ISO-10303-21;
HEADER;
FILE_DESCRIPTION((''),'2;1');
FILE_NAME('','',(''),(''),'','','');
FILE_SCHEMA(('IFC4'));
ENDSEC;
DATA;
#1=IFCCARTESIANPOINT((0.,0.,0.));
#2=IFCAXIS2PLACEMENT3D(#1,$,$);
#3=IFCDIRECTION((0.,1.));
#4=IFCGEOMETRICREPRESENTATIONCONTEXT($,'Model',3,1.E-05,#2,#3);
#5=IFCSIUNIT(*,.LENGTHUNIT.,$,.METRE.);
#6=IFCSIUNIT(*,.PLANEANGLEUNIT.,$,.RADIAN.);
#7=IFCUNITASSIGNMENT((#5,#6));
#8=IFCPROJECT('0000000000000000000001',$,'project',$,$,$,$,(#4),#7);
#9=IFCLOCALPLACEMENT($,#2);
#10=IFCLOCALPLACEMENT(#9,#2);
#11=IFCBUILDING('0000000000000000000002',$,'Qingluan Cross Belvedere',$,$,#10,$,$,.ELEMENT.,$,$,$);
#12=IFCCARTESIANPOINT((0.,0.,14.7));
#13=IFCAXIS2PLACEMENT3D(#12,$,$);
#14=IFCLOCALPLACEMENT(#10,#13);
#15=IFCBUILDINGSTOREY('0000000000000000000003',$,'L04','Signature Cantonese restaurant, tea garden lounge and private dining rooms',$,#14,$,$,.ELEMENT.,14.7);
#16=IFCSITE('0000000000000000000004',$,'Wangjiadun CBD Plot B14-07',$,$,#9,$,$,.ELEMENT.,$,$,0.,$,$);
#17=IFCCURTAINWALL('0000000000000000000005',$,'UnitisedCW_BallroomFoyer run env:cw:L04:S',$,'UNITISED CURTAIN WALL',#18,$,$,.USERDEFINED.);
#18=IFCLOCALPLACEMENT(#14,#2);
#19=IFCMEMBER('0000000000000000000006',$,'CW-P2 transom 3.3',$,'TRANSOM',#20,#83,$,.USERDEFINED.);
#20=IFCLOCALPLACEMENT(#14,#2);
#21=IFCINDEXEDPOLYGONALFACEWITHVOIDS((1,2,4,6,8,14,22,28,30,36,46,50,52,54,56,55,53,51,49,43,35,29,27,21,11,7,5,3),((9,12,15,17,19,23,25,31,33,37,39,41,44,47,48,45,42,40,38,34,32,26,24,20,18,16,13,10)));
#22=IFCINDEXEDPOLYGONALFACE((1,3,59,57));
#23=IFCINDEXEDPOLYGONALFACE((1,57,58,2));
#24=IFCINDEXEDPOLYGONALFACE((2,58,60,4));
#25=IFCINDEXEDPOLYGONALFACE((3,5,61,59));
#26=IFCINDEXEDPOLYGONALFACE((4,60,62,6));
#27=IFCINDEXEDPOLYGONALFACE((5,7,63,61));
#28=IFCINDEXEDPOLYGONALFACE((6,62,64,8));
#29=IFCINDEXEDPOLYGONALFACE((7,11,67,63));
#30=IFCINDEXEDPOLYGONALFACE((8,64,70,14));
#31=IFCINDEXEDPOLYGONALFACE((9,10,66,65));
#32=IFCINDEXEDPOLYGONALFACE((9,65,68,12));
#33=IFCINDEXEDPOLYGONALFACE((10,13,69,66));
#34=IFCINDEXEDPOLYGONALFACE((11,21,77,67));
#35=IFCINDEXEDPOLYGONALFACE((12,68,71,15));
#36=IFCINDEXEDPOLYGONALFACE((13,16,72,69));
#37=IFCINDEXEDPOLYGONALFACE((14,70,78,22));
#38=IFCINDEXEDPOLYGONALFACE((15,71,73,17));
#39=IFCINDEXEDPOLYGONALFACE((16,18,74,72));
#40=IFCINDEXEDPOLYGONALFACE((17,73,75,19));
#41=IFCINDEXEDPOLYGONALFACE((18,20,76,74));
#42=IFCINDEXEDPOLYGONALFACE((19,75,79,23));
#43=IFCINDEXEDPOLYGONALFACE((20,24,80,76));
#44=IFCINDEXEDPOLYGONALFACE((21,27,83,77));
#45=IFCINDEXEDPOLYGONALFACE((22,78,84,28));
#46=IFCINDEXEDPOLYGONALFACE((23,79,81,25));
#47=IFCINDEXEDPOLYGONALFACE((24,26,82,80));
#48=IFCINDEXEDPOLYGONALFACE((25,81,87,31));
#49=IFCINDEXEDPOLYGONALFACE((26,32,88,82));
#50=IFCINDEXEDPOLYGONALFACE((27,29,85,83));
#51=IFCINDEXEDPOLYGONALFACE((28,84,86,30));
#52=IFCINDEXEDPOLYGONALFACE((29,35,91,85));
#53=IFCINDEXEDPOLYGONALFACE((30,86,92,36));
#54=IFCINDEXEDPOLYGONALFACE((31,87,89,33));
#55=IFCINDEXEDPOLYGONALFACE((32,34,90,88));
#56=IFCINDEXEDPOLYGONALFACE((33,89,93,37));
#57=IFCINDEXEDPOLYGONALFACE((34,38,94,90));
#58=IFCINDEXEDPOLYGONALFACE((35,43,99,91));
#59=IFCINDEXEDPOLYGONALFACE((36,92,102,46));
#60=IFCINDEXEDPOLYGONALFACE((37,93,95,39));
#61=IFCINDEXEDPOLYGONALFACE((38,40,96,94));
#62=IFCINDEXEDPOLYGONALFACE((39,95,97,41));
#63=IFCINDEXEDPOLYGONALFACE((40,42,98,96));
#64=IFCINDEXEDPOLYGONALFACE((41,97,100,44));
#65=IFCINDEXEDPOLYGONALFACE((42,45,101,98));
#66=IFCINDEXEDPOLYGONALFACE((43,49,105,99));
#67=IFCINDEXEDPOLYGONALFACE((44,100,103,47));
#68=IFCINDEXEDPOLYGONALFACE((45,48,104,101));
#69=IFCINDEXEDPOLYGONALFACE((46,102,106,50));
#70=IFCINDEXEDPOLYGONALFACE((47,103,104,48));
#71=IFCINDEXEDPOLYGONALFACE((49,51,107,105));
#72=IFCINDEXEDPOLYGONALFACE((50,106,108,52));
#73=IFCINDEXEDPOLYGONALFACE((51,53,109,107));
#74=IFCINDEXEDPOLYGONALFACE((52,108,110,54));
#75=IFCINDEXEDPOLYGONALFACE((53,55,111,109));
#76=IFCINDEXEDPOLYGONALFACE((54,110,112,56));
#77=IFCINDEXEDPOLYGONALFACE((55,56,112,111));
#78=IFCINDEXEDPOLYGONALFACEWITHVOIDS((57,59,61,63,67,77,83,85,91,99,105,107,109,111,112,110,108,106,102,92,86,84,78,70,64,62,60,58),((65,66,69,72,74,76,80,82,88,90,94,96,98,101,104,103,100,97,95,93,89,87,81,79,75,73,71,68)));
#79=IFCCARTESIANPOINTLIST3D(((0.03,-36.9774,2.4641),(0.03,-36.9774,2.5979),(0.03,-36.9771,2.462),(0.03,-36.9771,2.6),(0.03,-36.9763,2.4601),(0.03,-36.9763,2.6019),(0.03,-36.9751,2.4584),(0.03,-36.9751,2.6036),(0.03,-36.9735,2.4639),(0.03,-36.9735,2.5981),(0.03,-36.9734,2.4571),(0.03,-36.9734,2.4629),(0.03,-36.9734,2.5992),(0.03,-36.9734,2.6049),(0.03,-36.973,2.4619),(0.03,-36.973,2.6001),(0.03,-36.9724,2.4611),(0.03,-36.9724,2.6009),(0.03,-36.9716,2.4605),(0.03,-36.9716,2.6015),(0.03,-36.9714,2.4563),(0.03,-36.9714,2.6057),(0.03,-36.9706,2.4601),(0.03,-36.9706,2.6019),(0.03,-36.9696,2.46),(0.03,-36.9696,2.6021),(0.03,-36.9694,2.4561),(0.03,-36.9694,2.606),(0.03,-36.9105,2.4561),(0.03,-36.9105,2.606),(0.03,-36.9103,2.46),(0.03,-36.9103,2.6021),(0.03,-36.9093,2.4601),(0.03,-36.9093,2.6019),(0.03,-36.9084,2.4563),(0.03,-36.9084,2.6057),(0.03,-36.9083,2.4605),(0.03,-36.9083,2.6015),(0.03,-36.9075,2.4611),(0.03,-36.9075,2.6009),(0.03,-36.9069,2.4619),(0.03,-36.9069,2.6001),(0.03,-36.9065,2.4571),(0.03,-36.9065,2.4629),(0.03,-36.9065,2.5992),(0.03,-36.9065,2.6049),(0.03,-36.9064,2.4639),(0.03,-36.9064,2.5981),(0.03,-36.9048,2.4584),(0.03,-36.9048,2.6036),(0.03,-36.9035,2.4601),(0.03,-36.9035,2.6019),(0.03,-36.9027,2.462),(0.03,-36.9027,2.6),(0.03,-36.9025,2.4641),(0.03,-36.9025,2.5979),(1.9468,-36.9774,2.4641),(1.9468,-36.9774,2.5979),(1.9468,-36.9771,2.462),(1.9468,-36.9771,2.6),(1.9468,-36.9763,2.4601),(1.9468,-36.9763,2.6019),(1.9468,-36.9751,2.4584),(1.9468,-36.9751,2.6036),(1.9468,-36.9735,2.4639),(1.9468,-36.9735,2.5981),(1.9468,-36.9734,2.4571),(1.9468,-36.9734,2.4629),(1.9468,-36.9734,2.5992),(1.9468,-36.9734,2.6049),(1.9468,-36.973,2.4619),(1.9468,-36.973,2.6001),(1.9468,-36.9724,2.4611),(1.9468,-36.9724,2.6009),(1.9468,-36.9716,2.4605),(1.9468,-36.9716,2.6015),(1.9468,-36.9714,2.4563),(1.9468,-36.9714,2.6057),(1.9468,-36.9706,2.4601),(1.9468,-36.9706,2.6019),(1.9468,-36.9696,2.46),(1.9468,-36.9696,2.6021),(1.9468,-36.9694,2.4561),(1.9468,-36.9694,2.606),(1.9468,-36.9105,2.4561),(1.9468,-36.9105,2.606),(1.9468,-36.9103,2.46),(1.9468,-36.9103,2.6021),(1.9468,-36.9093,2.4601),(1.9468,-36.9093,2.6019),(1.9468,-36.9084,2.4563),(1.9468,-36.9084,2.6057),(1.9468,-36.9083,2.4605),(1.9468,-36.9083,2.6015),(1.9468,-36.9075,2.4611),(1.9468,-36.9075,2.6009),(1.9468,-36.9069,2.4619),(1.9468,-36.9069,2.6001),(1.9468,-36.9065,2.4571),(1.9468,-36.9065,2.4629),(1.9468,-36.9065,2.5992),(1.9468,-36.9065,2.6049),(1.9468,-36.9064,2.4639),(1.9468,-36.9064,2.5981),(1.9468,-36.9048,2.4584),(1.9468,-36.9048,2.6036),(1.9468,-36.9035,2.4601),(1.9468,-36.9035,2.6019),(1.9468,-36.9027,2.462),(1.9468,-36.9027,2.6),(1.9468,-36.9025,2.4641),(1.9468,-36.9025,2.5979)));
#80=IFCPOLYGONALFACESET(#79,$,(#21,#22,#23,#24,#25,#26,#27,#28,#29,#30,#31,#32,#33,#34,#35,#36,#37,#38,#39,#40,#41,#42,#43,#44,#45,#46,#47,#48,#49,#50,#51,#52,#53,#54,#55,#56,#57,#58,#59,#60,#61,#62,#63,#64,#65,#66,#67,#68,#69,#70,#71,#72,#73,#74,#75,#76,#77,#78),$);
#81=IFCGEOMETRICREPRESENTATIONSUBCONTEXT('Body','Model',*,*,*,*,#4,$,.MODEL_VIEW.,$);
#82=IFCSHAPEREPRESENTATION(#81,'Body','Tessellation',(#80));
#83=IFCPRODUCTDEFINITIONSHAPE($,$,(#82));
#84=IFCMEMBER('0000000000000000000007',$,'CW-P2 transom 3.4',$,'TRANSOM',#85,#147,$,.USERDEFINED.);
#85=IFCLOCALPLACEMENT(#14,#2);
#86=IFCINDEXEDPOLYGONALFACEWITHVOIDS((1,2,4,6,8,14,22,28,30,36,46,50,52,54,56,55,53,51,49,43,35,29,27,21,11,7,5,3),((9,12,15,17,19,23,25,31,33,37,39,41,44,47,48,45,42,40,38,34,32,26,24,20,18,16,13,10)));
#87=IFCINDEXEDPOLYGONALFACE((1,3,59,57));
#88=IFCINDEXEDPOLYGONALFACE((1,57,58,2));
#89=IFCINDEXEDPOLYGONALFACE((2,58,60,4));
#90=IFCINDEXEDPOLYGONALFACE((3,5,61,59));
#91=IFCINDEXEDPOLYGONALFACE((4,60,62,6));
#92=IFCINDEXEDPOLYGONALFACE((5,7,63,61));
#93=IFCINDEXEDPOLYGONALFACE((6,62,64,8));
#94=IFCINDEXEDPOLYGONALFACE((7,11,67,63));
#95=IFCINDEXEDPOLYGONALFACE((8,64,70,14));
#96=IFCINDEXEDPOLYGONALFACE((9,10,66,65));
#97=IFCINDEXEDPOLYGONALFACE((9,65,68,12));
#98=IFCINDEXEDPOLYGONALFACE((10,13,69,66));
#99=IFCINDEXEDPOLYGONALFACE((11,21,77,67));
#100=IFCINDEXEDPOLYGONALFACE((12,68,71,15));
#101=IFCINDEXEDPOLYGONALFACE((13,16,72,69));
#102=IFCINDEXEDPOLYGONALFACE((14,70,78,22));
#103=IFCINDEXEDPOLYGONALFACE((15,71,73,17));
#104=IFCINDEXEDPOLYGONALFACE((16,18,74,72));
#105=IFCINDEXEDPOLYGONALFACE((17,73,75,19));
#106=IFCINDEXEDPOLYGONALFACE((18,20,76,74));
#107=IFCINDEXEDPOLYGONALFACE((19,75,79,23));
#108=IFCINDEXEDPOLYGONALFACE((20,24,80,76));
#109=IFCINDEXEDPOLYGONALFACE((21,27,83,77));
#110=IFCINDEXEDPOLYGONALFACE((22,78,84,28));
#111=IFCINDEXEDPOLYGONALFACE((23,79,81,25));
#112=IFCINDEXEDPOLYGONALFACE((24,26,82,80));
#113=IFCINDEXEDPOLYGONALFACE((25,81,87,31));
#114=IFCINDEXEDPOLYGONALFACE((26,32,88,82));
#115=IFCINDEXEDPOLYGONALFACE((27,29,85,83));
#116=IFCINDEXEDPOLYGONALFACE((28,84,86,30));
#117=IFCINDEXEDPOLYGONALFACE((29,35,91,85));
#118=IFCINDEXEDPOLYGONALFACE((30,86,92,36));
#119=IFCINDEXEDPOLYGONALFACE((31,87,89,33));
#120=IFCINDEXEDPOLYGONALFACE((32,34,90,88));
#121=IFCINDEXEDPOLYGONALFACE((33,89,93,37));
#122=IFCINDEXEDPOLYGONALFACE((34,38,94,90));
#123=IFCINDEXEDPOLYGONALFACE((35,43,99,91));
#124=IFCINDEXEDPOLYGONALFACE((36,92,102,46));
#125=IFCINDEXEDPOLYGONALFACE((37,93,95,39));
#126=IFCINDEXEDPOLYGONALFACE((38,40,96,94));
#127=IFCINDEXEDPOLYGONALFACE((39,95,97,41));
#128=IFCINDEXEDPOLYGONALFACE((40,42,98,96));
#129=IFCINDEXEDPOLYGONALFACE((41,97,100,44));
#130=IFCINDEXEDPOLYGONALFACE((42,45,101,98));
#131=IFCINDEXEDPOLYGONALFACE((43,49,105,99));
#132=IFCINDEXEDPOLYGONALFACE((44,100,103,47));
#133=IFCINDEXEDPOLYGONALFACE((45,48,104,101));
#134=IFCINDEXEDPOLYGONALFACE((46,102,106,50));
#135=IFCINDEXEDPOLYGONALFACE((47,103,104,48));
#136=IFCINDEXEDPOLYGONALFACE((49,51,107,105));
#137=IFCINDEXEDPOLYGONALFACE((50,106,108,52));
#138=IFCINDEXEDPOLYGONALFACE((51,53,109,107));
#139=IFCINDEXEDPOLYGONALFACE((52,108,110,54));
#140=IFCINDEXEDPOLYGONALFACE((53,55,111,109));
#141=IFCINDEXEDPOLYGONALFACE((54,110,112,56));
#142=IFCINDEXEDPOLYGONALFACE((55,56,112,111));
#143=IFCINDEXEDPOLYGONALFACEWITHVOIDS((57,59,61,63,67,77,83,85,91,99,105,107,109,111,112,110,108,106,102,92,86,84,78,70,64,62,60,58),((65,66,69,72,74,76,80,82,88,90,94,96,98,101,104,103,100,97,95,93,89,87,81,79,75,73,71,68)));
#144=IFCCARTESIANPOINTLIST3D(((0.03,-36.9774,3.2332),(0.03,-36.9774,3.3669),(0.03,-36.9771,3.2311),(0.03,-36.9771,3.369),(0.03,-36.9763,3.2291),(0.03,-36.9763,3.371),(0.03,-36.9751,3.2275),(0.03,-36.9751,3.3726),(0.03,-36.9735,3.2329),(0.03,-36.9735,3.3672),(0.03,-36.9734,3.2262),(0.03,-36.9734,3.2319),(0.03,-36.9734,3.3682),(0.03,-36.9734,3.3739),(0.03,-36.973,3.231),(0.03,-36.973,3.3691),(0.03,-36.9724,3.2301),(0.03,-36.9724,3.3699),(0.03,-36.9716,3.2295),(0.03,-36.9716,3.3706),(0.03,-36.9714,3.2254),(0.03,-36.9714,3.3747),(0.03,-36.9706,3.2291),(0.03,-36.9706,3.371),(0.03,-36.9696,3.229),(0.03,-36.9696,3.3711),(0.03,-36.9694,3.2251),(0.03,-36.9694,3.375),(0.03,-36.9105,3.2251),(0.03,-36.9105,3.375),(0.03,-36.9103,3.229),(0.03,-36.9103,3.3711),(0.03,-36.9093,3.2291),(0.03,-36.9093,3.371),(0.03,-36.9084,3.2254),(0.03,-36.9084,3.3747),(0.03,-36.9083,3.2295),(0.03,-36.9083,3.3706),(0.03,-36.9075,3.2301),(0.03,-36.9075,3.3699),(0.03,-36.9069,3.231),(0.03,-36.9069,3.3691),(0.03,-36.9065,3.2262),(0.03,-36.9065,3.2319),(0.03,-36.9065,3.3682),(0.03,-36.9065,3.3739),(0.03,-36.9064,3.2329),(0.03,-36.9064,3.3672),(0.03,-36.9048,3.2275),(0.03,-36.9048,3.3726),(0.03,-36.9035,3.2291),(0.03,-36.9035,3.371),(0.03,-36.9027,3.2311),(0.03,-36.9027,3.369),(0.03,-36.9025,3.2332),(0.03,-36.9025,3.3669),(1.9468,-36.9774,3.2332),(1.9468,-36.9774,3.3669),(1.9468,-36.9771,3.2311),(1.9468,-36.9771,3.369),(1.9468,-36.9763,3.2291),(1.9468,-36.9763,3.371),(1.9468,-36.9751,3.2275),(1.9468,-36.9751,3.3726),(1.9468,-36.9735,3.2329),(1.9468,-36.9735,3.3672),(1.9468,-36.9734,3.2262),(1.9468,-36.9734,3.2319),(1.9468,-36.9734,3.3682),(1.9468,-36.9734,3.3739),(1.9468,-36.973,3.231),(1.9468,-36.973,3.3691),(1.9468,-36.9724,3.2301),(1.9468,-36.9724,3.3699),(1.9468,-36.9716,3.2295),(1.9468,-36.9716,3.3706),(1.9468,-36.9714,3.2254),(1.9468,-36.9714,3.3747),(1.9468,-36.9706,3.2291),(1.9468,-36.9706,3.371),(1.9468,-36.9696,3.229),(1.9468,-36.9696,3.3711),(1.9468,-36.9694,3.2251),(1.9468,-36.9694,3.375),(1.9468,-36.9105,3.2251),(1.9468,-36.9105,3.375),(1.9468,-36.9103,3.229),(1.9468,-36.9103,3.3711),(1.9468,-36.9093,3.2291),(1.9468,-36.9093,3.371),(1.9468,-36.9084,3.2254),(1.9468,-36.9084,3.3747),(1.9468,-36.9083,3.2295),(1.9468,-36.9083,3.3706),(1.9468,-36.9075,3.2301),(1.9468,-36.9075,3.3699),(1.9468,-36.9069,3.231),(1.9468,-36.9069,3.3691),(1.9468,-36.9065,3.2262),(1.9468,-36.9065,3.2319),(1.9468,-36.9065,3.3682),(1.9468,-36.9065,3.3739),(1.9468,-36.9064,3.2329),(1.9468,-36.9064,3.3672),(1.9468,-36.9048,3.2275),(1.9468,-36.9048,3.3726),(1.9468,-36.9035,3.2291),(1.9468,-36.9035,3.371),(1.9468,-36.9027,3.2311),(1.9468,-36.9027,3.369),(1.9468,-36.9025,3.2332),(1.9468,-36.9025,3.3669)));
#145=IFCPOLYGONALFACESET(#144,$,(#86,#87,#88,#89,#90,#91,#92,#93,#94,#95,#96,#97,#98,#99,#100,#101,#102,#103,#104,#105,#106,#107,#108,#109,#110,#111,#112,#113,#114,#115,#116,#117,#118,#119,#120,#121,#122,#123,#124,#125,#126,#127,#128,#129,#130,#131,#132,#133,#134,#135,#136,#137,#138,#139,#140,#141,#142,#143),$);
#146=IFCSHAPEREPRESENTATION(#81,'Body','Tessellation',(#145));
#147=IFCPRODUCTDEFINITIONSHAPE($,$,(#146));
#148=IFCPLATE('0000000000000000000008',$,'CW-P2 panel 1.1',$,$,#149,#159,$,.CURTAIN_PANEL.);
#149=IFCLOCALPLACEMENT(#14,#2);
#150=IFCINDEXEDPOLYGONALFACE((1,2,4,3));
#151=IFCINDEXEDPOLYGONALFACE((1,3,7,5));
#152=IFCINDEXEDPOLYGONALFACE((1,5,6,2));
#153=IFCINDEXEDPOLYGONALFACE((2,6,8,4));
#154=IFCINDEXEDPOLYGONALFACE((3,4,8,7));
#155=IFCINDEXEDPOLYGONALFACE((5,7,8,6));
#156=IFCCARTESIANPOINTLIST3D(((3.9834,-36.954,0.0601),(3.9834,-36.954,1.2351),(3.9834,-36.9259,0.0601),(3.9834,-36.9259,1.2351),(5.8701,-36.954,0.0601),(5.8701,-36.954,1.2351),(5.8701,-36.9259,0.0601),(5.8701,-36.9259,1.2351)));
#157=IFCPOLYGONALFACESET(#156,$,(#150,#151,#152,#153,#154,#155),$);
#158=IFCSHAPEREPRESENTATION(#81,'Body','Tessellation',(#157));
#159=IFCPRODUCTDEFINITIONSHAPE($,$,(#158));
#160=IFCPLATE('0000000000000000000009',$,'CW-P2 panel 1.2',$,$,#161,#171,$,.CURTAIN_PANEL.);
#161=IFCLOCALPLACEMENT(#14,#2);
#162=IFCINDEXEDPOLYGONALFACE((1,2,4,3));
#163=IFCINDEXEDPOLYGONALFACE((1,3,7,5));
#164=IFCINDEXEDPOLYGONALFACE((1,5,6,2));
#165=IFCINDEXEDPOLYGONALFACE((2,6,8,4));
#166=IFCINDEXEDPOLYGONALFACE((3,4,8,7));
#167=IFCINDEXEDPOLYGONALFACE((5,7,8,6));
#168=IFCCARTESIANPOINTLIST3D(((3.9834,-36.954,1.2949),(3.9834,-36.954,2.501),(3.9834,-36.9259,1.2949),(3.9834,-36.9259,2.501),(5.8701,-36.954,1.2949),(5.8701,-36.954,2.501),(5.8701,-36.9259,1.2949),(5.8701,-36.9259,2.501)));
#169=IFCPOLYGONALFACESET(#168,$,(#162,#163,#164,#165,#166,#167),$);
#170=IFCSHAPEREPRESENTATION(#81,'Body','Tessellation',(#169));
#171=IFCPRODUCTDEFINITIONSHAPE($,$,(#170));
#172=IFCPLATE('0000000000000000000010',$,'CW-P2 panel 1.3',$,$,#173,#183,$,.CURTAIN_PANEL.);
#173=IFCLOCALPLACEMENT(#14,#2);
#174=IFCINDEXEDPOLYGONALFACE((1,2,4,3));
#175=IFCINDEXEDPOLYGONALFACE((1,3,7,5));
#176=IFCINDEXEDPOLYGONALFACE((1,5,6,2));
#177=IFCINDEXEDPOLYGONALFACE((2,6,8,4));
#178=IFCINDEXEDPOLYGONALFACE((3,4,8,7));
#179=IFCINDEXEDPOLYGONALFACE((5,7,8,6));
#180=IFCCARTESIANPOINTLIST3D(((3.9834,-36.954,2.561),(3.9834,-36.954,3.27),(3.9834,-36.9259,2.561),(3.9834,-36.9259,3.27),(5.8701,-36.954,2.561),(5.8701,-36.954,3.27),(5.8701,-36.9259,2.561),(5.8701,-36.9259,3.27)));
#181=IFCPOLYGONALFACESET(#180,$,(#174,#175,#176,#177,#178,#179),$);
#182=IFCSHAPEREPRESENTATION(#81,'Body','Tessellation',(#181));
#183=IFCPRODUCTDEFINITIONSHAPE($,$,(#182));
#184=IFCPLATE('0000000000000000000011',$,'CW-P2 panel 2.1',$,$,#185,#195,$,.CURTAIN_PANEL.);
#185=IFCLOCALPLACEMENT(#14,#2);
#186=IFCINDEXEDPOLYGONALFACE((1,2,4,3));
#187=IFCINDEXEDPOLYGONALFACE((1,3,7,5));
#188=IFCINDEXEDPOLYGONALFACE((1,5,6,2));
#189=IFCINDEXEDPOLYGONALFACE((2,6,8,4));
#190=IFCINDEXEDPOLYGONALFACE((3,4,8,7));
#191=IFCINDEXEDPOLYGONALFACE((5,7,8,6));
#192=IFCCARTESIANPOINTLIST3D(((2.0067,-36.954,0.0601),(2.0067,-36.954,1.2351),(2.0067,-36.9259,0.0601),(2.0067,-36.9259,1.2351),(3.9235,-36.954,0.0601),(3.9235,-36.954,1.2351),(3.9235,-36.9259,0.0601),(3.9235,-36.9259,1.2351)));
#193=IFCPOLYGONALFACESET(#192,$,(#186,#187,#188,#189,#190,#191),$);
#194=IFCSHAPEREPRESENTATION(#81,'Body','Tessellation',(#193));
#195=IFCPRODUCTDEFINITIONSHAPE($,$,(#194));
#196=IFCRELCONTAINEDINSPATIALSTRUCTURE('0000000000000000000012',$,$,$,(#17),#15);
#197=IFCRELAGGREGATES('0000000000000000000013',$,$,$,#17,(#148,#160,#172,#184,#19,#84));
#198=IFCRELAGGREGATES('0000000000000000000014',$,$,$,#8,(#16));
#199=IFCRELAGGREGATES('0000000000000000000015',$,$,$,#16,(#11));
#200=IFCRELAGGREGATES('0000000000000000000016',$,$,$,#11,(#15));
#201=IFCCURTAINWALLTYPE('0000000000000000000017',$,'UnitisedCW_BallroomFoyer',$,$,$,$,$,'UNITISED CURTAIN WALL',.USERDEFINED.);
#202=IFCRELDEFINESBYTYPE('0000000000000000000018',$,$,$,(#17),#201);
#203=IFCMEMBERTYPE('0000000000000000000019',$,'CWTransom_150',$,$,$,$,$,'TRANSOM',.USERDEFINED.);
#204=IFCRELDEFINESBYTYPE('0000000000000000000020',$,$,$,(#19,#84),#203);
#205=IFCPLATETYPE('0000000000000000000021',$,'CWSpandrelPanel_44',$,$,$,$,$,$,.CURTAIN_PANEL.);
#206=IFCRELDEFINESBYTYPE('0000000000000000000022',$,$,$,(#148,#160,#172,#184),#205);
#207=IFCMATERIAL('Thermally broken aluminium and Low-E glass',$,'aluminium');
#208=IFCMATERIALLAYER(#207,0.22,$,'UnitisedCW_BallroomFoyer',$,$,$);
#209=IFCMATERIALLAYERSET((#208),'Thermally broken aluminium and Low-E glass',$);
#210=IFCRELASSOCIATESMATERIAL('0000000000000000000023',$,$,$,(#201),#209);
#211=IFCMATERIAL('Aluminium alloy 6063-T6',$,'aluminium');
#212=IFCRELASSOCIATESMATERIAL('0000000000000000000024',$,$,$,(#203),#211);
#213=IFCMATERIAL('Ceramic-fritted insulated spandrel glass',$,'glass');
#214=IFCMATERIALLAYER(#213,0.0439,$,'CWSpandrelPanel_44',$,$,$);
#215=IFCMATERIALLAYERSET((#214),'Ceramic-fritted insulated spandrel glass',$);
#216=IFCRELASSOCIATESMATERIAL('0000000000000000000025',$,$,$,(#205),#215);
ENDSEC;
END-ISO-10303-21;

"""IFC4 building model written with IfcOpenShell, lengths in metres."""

from ifc_helpers import new_model, si_unit, direction, frame, origin, origin_2d, place, context, subcontext, project, spatial, rectangle, hollow_rectangle, extrude, material, layer, layer_set, material_profile, profile_set, type_object, element, aggregate, save


model = new_model("IFC4")

# Units and contexts
model_context = context("Model", 3, precision=1e-05, world=origin(), true_north=direction((0.0, 1.0)))
body_context = subcontext(model_context, "Body", "Model", "MODEL_VIEW")
ifc_project = project(units=[si_unit("LENGTHUNIT", "METRE"), si_unit("PLANEANGLEUNIT", "RADIAN")], contexts=[model_context])

# Site, building, storey
site_placement = place(None, origin())
site = spatial("IfcSite", under=ifc_project, at=site_placement, Name="Wangjiadun CBD Plot B14-07", CompositionType="ELEMENT", RefElevation=0.0)
building_placement = place(site_placement, origin())
building = spatial("IfcBuilding", under=site, at=building_placement, Name="Qingluan Cross Belvedere", CompositionType="ELEMENT")
storey_placement = place(building_placement, frame((0.0, 0.0, 14.7)))
storey = spatial("IfcBuildingStorey", under=building, at=storey_placement, Name="L04", Description="Signature Cantonese restaurant, tea garden lounge and private dining rooms", CompositionType="ELEMENT", Elevation=14.7)

# Curtain wall, members, plates
ifc_material_1 = material(Name="Thermally broken aluminium and Low-E glass", Category="aluminium")
ifc_layer_1 = layer(ifc_material_1, 0.22, Name="UnitisedCW_BallroomFoyer")
ifc_layer_set_1 = layer_set([ifc_layer_1], Name="Thermally broken aluminium and Low-E glass")
curtain_wall_type = type_object("IfcCurtainWallType", Name="UnitisedCW_BallroomFoyer", ElementType="UNITISED CURTAIN WALL", PredefinedType="USERDEFINED", material=ifc_layer_set_1)
curtain_wall_placement = place(storey_placement, origin())
curtain_wall = element("IfcCurtainWall", 1, at=curtain_wall_placement, inside=storey, type_object=curtain_wall_type, Name="UnitisedCW_BallroomFoyer run env:cw:L04:S", ObjectType="UNITISED CURTAIN WALL", PredefinedType="USERDEFINED")
ifc_material_2 = material(Name="Aluminium alloy 6063-T6", Category="aluminium")
ifc_material_profile_1 = material_profile(ifc_material_2, hollow_rectangle(XDim=0.075, YDim=0.1499, WallThickness=0.0039, InnerFilletRadius=0.0039, OuterFilletRadius=0.0081, at=origin_2d()), Name="CWT150x75x4")
ifc_profile_set_1 = profile_set([ifc_material_profile_1], Name="Aluminium alloy 6063-T6")
member_type_1 = type_object("IfcMemberType", Name="CWTransom_150", ElementType="TRANSOM", PredefinedType="USERDEFINED", material=ifc_profile_set_1)
member_1_placement = place(storey_placement, frame((1.9468, -36.9399, 2.531), z_axis=(-1.0, 0.0, 0.0), x_axis=(0.0, -1.0, 0.0)))
member_1 = element("IfcMember", 2, at=member_1_placement, type_object=member_type_1, Name="CW-P2 transom 3.3", ObjectType="TRANSOM", PredefinedType="USERDEFINED", context=body_context, shape_type="SweptSolid", body=[
    extrude(hollow_rectangle(XDim=0.075, YDim=0.1499, WallThickness=0.0039, InnerFilletRadius=0.0039, OuterFilletRadius=0.0081, at=origin_2d()), origin(), (0.0, 0.0, 1.0), 1.9167),
])
member_2_placement = place(storey_placement, frame((1.9468, -36.9399, 3.3), z_axis=(-1.0, 0.0, 0.0), x_axis=(0.0, -1.0, 0.0)))
member_2 = element("IfcMember", 3, at=member_2_placement, type_object=member_type_1, Name="CW-P2 transom 3.4", ObjectType="TRANSOM", PredefinedType="USERDEFINED", context=body_context, shape_type="SweptSolid", body=[
    extrude(hollow_rectangle(XDim=0.075, YDim=0.1499, WallThickness=0.0039, InnerFilletRadius=0.0039, OuterFilletRadius=0.0081, at=origin_2d()), origin(), (0.0, 0.0, 1.0), 1.9167),
])
ifc_material_3 = material(Name="Ceramic-fritted insulated spandrel glass", Category="glass")
ifc_layer_2 = layer(ifc_material_3, 0.0439, Name="CWSpandrelPanel_44")
ifc_layer_set_2 = layer_set([ifc_layer_2], Name="Ceramic-fritted insulated spandrel glass")
plate_type = type_object("IfcPlateType", Name="CWSpandrelPanel_44", PredefinedType="CURTAIN_PANEL", material=ifc_layer_set_2)
plate_1_placement = place(storey_placement, frame((4.9268, -36.9399, 0.0601), z_axis=(0.0, 0.0, 1.0), x_axis=(-1.0, 0.0, 0.0)))
plate_1 = element("IfcPlate", 4, at=plate_1_placement, type_object=plate_type, Name="CW-P2 panel 1.1", PredefinedType="CURTAIN_PANEL", context=body_context, shape_type="SweptSolid", body=[
    extrude(rectangle(XDim=1.8867, YDim=0.0281, at=origin_2d()), origin(), (0.0, 0.0, 1.0), 1.175),
])
plate_2_placement = place(storey_placement, frame((4.9268, -36.9399, 1.2949), z_axis=(0.0, 0.0, 1.0), x_axis=(-1.0, 0.0, 0.0)))
plate_2 = element("IfcPlate", 5, at=plate_2_placement, type_object=plate_type, Name="CW-P2 panel 1.2", PredefinedType="CURTAIN_PANEL", context=body_context, shape_type="SweptSolid", body=[
    extrude(rectangle(XDim=1.8867, YDim=0.0281, at=origin_2d()), origin(), (0.0, 0.0, 1.0), 1.2061),
])
plate_3_placement = place(storey_placement, frame((4.9268, -36.9399, 2.561), z_axis=(0.0, 0.0, 1.0), x_axis=(-1.0, 0.0, 0.0)))
plate_3 = element("IfcPlate", 6, at=plate_3_placement, type_object=plate_type, Name="CW-P2 panel 1.3", PredefinedType="CURTAIN_PANEL", context=body_context, shape_type="SweptSolid", body=[
    extrude(rectangle(XDim=1.8867, YDim=0.0281, at=origin_2d()), origin(), (0.0, 0.0, 1.0), 0.709),
])
plate_4_placement = place(storey_placement, frame((2.9651, -36.9399, 0.0601), z_axis=(0.0, 0.0, 1.0), x_axis=(-1.0, 0.0, 0.0)))
plate_4 = element("IfcPlate", 7, at=plate_4_placement, type_object=plate_type, Name="CW-P2 panel 2.1", PredefinedType="CURTAIN_PANEL", context=body_context, shape_type="SweptSolid", body=[
    extrude(rectangle(XDim=1.9167, YDim=0.0281, at=origin_2d()), origin(), (0.0, 0.0, 1.0), 1.175),
])
aggregate(curtain_wall, [plate_1, plate_2, plate_3, plate_4, member_1, member_2])

save(model, "model.ifc")
